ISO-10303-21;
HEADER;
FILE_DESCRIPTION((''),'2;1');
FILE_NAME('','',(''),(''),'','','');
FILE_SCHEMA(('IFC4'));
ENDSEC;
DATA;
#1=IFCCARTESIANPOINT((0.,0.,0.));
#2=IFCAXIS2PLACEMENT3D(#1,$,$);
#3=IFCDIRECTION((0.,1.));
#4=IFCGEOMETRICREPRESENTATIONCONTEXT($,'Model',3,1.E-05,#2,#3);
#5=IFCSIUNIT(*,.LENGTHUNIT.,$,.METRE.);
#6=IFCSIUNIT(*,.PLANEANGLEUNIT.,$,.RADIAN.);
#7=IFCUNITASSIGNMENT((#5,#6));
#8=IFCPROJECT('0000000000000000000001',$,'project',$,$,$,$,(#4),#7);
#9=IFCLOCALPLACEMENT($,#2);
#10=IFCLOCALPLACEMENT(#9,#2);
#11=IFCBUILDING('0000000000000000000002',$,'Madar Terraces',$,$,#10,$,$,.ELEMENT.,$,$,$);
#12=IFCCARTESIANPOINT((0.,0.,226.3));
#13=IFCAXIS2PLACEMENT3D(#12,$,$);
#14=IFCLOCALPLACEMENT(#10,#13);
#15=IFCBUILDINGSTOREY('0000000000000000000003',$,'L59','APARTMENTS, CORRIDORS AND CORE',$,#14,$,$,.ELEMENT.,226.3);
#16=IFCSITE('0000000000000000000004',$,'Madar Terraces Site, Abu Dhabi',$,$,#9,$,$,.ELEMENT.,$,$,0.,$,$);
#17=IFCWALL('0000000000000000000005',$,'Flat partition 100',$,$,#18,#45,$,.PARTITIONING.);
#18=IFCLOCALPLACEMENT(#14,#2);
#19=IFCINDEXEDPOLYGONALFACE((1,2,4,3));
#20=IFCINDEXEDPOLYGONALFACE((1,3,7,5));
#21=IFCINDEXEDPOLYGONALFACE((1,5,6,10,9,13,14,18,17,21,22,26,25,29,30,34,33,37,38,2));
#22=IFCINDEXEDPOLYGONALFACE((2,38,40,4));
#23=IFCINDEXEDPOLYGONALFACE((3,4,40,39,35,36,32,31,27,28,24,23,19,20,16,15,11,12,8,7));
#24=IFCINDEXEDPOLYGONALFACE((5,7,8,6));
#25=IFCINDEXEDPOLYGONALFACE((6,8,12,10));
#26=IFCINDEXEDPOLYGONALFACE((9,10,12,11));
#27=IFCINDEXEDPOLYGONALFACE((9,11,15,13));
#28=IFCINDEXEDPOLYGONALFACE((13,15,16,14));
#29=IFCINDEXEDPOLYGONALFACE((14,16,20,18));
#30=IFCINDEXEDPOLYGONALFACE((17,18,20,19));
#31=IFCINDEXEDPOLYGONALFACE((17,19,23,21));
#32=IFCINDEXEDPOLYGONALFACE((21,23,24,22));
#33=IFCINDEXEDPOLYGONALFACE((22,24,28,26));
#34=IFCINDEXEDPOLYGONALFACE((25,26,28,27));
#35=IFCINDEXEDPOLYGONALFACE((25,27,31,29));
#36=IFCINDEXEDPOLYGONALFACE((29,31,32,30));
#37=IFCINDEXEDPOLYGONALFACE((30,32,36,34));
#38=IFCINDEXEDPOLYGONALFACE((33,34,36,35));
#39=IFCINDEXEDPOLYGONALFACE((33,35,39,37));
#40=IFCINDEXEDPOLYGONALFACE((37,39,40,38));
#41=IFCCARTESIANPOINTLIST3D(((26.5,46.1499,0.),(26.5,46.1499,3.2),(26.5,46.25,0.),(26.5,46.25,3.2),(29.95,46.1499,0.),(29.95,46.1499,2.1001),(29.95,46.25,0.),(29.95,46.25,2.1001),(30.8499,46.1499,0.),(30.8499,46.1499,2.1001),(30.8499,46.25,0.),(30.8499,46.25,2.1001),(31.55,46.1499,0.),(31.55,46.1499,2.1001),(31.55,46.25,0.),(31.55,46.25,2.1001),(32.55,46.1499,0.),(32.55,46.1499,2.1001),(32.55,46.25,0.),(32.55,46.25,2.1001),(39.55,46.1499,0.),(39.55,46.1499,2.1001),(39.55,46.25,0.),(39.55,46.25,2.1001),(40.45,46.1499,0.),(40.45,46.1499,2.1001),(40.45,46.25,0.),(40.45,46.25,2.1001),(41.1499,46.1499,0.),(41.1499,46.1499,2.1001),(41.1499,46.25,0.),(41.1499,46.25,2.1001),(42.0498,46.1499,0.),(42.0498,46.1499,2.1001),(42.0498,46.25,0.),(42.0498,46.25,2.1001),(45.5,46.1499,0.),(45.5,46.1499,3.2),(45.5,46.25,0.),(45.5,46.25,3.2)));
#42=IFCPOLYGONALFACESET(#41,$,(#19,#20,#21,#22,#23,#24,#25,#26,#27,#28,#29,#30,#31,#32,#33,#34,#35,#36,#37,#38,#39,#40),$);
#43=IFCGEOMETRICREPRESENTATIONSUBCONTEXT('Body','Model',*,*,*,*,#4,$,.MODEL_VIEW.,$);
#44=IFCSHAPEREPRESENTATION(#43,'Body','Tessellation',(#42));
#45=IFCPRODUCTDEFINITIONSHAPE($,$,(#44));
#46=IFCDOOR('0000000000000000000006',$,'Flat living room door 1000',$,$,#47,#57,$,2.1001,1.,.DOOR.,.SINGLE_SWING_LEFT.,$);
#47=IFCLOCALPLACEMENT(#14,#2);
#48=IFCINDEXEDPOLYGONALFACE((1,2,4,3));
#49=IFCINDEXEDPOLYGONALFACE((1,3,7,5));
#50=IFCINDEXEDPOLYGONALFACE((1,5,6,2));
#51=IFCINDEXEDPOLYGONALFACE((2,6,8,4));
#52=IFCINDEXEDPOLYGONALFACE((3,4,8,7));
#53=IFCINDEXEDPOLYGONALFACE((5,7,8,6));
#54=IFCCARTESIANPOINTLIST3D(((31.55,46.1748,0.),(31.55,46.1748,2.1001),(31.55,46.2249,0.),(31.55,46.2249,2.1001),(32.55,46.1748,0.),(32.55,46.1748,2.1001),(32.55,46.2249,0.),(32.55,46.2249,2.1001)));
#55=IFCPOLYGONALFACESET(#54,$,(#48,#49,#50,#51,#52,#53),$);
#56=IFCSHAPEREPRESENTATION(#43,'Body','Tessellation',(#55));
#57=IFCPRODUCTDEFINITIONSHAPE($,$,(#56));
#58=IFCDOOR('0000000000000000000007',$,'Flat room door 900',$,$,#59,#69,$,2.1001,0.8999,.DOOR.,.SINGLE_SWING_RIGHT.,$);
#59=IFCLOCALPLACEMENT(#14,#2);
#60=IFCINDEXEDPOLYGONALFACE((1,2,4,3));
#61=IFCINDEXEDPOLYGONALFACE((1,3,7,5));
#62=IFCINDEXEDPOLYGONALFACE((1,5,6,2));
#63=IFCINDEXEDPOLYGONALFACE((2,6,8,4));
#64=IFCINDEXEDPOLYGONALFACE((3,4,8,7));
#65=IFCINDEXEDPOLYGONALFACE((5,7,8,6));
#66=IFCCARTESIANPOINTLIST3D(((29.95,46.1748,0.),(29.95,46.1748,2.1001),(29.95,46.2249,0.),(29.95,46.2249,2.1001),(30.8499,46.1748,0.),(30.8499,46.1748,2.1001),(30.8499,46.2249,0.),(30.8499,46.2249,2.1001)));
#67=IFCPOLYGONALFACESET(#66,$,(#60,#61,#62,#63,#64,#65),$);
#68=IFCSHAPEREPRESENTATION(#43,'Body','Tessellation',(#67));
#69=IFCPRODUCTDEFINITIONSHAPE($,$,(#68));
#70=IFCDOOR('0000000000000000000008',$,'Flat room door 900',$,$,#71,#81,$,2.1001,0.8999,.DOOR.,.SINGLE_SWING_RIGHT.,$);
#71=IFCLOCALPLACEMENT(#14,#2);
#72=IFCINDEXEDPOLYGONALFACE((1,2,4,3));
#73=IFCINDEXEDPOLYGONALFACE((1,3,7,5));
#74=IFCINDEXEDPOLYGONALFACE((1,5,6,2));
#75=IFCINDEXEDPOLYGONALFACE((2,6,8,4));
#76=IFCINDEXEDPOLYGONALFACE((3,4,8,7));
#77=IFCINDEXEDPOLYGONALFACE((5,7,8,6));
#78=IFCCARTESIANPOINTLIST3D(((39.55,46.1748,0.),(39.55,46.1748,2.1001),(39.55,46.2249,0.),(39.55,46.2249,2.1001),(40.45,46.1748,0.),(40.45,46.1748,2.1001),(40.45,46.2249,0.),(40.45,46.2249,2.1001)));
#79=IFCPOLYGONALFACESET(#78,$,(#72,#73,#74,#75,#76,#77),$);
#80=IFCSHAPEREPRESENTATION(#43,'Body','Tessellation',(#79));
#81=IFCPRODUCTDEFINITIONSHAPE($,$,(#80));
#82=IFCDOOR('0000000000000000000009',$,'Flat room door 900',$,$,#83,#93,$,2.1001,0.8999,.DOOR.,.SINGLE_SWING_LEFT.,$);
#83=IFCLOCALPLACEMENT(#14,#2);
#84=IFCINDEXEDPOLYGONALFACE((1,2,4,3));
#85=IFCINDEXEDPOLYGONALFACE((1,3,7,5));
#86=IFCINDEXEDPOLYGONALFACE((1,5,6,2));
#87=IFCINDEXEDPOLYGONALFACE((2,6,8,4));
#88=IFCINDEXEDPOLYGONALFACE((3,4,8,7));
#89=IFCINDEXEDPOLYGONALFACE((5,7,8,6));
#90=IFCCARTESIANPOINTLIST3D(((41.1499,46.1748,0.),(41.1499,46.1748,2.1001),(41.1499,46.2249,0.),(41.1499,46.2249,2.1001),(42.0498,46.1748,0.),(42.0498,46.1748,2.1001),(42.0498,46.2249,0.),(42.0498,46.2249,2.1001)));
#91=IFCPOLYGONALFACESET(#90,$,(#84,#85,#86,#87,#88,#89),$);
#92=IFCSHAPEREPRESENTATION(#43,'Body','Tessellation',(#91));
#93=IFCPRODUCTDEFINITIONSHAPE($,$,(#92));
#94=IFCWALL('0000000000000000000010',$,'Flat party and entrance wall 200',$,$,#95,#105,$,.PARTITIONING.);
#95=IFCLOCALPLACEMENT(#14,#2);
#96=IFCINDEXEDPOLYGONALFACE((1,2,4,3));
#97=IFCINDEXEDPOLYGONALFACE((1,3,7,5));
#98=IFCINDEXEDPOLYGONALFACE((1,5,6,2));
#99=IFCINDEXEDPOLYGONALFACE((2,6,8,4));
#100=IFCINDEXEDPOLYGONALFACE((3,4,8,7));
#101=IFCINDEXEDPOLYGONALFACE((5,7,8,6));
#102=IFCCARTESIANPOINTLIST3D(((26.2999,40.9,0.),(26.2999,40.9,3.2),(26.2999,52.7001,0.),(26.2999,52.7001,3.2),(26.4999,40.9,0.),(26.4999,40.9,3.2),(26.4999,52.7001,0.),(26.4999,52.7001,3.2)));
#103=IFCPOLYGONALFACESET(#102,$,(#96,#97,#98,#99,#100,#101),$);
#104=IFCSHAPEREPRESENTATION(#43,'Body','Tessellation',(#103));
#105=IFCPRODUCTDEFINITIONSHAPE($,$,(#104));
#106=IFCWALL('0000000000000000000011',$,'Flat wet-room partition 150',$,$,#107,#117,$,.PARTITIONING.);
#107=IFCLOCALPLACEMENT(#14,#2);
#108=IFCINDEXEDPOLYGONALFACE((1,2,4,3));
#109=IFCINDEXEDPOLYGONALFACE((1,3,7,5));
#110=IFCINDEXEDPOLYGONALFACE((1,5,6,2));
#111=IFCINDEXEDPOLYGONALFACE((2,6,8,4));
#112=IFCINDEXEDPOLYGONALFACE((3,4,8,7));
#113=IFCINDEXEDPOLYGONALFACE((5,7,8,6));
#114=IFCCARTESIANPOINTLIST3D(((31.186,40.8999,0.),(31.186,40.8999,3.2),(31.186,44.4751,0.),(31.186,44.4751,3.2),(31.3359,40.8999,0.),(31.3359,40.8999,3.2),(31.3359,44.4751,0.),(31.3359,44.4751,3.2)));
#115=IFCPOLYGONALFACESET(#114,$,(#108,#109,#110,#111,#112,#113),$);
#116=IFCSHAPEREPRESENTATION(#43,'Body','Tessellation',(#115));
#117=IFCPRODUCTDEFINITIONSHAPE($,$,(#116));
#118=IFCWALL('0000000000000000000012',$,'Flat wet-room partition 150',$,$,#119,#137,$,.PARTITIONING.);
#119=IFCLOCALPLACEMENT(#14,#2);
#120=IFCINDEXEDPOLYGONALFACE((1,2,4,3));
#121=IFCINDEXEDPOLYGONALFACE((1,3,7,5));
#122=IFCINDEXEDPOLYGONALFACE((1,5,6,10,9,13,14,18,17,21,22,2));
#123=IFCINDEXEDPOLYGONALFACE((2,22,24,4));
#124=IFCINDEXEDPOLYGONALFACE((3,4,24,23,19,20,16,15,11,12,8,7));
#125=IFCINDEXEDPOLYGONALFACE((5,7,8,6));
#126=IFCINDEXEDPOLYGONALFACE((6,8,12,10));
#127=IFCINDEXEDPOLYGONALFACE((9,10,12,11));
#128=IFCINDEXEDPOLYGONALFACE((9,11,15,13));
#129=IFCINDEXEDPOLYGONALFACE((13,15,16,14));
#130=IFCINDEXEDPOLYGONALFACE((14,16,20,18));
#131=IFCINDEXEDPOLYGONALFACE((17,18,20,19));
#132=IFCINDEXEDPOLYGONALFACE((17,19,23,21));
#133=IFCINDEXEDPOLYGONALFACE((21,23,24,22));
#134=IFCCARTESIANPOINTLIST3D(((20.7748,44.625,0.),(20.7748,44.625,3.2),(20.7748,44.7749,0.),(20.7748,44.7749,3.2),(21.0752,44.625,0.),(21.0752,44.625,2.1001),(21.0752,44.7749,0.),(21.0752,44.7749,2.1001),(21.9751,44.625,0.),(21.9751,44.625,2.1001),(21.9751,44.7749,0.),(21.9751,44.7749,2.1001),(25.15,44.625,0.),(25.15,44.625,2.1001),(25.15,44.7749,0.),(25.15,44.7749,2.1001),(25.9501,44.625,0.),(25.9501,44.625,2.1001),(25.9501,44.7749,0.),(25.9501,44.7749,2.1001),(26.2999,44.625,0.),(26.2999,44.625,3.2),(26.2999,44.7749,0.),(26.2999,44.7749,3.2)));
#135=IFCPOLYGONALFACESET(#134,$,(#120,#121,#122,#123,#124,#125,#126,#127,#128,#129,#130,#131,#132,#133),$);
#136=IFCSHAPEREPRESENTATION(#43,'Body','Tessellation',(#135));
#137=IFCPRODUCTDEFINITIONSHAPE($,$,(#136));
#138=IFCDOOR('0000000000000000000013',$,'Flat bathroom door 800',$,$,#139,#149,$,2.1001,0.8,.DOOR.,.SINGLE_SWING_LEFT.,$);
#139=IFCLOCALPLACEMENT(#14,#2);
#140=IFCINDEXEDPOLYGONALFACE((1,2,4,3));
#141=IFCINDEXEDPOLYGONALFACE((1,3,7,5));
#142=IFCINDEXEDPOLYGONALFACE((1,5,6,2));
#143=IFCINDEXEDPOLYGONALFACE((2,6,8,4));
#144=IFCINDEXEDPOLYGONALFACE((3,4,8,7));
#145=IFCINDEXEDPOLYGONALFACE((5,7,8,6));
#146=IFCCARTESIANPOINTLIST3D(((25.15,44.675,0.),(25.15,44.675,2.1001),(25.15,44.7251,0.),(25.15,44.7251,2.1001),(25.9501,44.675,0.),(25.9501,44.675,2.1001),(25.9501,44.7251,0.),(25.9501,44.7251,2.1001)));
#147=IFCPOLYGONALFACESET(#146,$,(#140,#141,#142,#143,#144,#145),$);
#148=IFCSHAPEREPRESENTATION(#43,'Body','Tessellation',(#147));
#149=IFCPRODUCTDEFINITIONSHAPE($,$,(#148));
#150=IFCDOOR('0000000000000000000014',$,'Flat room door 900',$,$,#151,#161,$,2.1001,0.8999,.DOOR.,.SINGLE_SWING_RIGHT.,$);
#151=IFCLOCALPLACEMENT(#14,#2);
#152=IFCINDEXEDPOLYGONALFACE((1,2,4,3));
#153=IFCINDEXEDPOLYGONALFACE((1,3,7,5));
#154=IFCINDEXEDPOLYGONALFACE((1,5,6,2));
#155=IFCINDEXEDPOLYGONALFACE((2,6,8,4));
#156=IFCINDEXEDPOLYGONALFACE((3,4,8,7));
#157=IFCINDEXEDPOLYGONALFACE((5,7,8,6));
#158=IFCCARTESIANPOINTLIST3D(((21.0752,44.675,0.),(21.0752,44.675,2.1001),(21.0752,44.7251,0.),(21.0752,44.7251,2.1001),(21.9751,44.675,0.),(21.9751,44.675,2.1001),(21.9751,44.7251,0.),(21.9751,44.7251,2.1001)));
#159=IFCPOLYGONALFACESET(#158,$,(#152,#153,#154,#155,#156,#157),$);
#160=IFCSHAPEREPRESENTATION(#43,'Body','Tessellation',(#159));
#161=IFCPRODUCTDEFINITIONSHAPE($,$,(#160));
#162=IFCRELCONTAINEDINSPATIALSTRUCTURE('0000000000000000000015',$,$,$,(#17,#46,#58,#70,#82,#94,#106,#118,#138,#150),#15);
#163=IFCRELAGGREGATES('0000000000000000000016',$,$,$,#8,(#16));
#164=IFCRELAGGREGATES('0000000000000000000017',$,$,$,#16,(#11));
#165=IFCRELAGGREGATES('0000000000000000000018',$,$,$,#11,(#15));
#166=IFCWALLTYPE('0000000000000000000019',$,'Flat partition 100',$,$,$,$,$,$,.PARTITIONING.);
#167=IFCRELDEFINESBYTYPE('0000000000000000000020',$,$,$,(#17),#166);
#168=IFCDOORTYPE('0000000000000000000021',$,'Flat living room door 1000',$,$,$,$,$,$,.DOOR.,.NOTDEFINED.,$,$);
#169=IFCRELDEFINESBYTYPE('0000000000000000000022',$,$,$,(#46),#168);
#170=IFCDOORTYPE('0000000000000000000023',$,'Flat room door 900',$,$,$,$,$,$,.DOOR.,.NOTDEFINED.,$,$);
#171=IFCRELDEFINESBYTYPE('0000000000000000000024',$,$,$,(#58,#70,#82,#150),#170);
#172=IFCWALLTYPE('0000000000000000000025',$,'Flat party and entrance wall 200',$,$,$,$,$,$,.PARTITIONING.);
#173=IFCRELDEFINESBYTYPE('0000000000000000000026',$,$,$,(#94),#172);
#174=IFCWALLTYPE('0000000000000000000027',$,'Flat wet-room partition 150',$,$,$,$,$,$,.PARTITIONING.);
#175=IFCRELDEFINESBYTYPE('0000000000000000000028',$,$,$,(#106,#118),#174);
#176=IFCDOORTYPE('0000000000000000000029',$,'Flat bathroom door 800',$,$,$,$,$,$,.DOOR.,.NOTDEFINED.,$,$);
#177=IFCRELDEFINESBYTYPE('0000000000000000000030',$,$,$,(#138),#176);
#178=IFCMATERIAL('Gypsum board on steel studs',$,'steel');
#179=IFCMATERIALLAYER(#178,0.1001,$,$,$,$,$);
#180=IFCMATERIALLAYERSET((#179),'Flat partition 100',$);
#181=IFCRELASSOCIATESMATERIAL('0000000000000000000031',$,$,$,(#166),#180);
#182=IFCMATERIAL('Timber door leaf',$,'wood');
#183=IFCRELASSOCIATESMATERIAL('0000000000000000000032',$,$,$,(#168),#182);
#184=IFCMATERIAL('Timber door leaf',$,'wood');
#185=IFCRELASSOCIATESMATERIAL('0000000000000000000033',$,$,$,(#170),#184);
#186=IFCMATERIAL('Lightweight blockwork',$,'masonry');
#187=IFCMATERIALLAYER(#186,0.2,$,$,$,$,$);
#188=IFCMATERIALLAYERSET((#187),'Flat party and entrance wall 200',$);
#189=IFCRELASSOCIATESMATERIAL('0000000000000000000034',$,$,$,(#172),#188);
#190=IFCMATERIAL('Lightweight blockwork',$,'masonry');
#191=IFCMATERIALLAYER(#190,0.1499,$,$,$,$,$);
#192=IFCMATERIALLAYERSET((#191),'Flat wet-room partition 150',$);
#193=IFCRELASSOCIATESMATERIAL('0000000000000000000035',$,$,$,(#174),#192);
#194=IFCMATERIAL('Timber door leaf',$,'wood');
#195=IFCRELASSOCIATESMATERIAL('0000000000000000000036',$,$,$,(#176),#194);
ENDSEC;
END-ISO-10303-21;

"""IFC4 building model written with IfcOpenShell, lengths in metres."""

from ifc_helpers import new_model, si_unit, direction, frame, frame_2d, origin, place, context, subcontext, project, spatial, rectangle, extrude, material, layer, layer_set, type_object, element, fill, save


model = new_model("IFC4")

# Units and contexts
model_context = context("Model", 3, precision=1e-05, world=origin(), true_north=direction((0.0, 1.0)))
body_context = subcontext(model_context, "Body", "Model", "MODEL_VIEW")
ifc_project = project(units=[si_unit("LENGTHUNIT", "METRE"), si_unit("PLANEANGLEUNIT", "RADIAN")], contexts=[model_context])

# Site, building, storey
site_placement = place(None, origin())
site = spatial("IfcSite", under=ifc_project, at=site_placement, Name="Madar Terraces Site, Abu Dhabi", CompositionType="ELEMENT", RefElevation=0.0)
building_placement = place(site_placement, origin())
building = spatial("IfcBuilding", under=site, at=building_placement, Name="Madar Terraces", CompositionType="ELEMENT")
storey_placement = place(building_placement, frame((0.0, 0.0, 226.3)))
storey = spatial("IfcBuildingStorey", under=building, at=storey_placement, Name="L59", Description="APARTMENTS, CORRIDORS AND CORE", CompositionType="ELEMENT", Elevation=226.3)

# Shared definitions
ifc_material_1 = material(Name="Gypsum board on steel studs", Category="steel")
ifc_layer_1 = layer(ifc_material_1, 0.1001)
ifc_layer_set_1 = layer_set([ifc_layer_1], Name="Flat partition 100")
wall_type_1 = type_object("IfcWallType", Name="Flat partition 100", PredefinedType="PARTITIONING", material=ifc_layer_set_1)

# Wall, openings, doors
wall_1_placement = place(storey_placement, frame((26.5, 46.2, 0.0), z_axis=(0.0, 0.0, 1.0), x_axis=(1.0, 0.0, 0.0)))
wall_1 = element("IfcWall", 1, at=wall_1_placement, inside=storey, type_object=wall_type_1, Name="Flat partition 100", PredefinedType="PARTITIONING", context=body_context, shape_type="SweptSolid", body=[
    extrude(rectangle(XDim=19.0, YDim=0.1001, at=frame_2d((9.5, 0.0))), origin(), (0.0, 0.0, 1.0), 3.2),
])
opening_1_placement = place(wall_1_placement, frame((3.45, 0.0, 0.0)))
opening_1 = element("IfcOpeningElement", 2, at=opening_1_placement, cuts=wall_1, PredefinedType="OPENING", context=body_context, shape_type="SweptSolid", body=[
    extrude(rectangle(XDim=0.8999, YDim=2.1001, at=frame_2d((0.45, 1.05))), frame((0.0, 0.0601, 0.0), z_axis=(0.0, -1.0, 0.0), x_axis=(1.0, 0.0, 0.0)), (0.0, 0.0, 1.0), 0.1201),
])
opening_2_placement = place(wall_1_placement, frame((5.05, 0.0, 0.0)))
opening_2 = element("IfcOpeningElement", 3, at=opening_2_placement, cuts=wall_1, PredefinedType="OPENING", context=body_context, shape_type="SweptSolid", body=[
    extrude(rectangle(XDim=1.0, YDim=2.1001, at=frame_2d((0.5, 1.05))), frame((0.0, 0.0601, 0.0), z_axis=(0.0, -1.0, 0.0), x_axis=(1.0, 0.0, 0.0)), (0.0, 0.0, 1.0), 0.1201),
])
opening_3_placement = place(wall_1_placement, frame((13.05, 0.0, 0.0)))
opening_3 = element("IfcOpeningElement", 4, at=opening_3_placement, cuts=wall_1, PredefinedType="OPENING", context=body_context, shape_type="SweptSolid", body=[
    extrude(rectangle(XDim=0.8999, YDim=2.1001, at=frame_2d((0.45, 1.05))), frame((0.0, 0.0601, 0.0), z_axis=(0.0, -1.0, 0.0), x_axis=(1.0, 0.0, 0.0)), (0.0, 0.0, 1.0), 0.1201),
])
opening_4_placement = place(wall_1_placement, frame((14.6499, 0.0, 0.0)))
opening_4 = element("IfcOpeningElement", 5, at=opening_4_placement, cuts=wall_1, PredefinedType="OPENING", context=body_context, shape_type="SweptSolid", body=[
    extrude(rectangle(XDim=0.8999, YDim=2.1001, at=frame_2d((0.45, 1.05))), frame((0.0, 0.0601, 0.0), z_axis=(0.0, -1.0, 0.0), x_axis=(1.0, 0.0, 0.0)), (0.0, 0.0, 1.0), 0.1201),
])
ifc_material_2 = material(Name="Timber door leaf", Category="wood")
door_type_1 = type_object("IfcDoorType", Name="Flat living room door 1000", OperationType="NOTDEFINED", PredefinedType="DOOR", material=ifc_material_2)
door_1_placement = place(opening_2_placement, origin())
door_1 = element("IfcDoor", 6, at=door_1_placement, inside=storey, type_object=door_type_1, Name="Flat living room door 1000", OperationType="SINGLE_SWING_LEFT", OverallHeight=2.1001, OverallWidth=1.0, PredefinedType="DOOR", context=body_context, shape_type="SweptSolid", body=[
    extrude(rectangle(XDim=1.0, YDim=2.1001, at=frame_2d((0.5, 1.05))), frame((0.0, 0.0249, 0.0), z_axis=(0.0, -1.0, 0.0), x_axis=(1.0, 0.0, 0.0)), (0.0, 0.0, 1.0), 0.05),
])
fill(opening_2, door_1)
ifc_material_3 = material(Name="Timber door leaf", Category="wood")
door_type_2 = type_object("IfcDoorType", Name="Flat room door 900", OperationType="NOTDEFINED", PredefinedType="DOOR", material=ifc_material_3)
door_2_placement = place(opening_1_placement, origin())
door_2 = element("IfcDoor", 7, at=door_2_placement, inside=storey, type_object=door_type_2, Name="Flat room door 900", OperationType="SINGLE_SWING_RIGHT", OverallHeight=2.1001, OverallWidth=0.8999, PredefinedType="DOOR", context=body_context, shape_type="SweptSolid", body=[
    extrude(rectangle(XDim=0.8999, YDim=2.1001, at=frame_2d((0.45, 1.05))), frame((0.0, 0.0249, 0.0), z_axis=(0.0, -1.0, 0.0), x_axis=(1.0, 0.0, 0.0)), (0.0, 0.0, 1.0), 0.05),
])
fill(opening_1, door_2)
door_3_placement = place(opening_3_placement, origin())
door_3 = element("IfcDoor", 8, at=door_3_placement, inside=storey, type_object=door_type_2, Name="Flat room door 900", OperationType="SINGLE_SWING_RIGHT", OverallHeight=2.1001, OverallWidth=0.8999, PredefinedType="DOOR", context=body_context, shape_type="SweptSolid", body=[
    extrude(rectangle(XDim=0.8999, YDim=2.1001, at=frame_2d((0.45, 1.05))), frame((0.0, 0.0249, 0.0), z_axis=(0.0, -1.0, 0.0), x_axis=(1.0, 0.0, 0.0)), (0.0, 0.0, 1.0), 0.05),
])
fill(opening_3, door_3)
door_4_placement = place(opening_4_placement, origin())
door_4 = element("IfcDoor", 9, at=door_4_placement, inside=storey, type_object=door_type_2, Name="Flat room door 900", OperationType="SINGLE_SWING_LEFT", OverallHeight=2.1001, OverallWidth=0.8999, PredefinedType="DOOR", context=body_context, shape_type="SweptSolid", body=[
    extrude(rectangle(XDim=0.8999, YDim=2.1001, at=frame_2d((0.45, 1.05))), frame((0.0, 0.0249, 0.0), z_axis=(0.0, -1.0, 0.0), x_axis=(1.0, 0.0, 0.0)), (0.0, 0.0, 1.0), 0.05),
])
fill(opening_4, door_4)

# Walls
ifc_material_4 = material(Name="Lightweight blockwork", Category="masonry")
ifc_layer_2 = layer(ifc_material_4, 0.2)
ifc_layer_set_2 = layer_set([ifc_layer_2], Name="Flat party and entrance wall 200")
wall_type_2 = type_object("IfcWallType", Name="Flat party and entrance wall 200", PredefinedType="PARTITIONING", material=ifc_layer_set_2)
wall_2_placement = place(storey_placement, frame((26.3999, 52.7, 0.0), z_axis=(0.0, 0.0, 1.0), x_axis=(0.0, -1.0, 0.0)))
element("IfcWall", 10, at=wall_2_placement, inside=storey, type_object=wall_type_2, Name="Flat party and entrance wall 200", PredefinedType="PARTITIONING", context=body_context, shape_type="SweptSolid", body=[
    extrude(rectangle(XDim=11.8, YDim=0.2, at=frame_2d((5.8999, 0.0))), origin(), (0.0, 0.0, 1.0), 3.2),
])
ifc_material_5 = material(Name="Lightweight blockwork", Category="masonry")
ifc_layer_3 = layer(ifc_material_5, 0.1499)
ifc_layer_set_3 = layer_set([ifc_layer_3], Name="Flat wet-room partition 150")
wall_type_3 = type_object("IfcWallType", Name="Flat wet-room partition 150", PredefinedType="PARTITIONING", material=ifc_layer_set_3)
wall_3_placement = place(storey_placement, frame((31.261, 40.8999, 0.0), z_axis=(0.0, 0.0, 1.0), x_axis=(0.0, 1.0, 0.0)))
element("IfcWall", 11, at=wall_3_placement, inside=storey, type_object=wall_type_3, Name="Flat wet-room partition 150", PredefinedType="PARTITIONING", context=body_context, shape_type="SweptSolid", body=[
    extrude(rectangle(XDim=3.5752, YDim=0.1499, at=frame_2d((1.7876, 0.0))), origin(), (0.0, 0.0, 1.0), 3.2),
])

# Wall, openings, doors
wall_4_placement = place(storey_placement, frame((26.3, 44.7, 0.0), z_axis=(0.0, 0.0, 1.0), x_axis=(-1.0, 0.0, 0.0)))
wall_4 = element("IfcWall", 12, at=wall_4_placement, inside=storey, type_object=wall_type_3, Name="Flat wet-room partition 150", PredefinedType="PARTITIONING", context=body_context, shape_type="SweptSolid", body=[
    extrude(rectangle(XDim=5.5251, YDim=0.1499, at=frame_2d((2.7627, 0.0))), origin(), (0.0, 0.0, 1.0), 3.2),
])
opening_5_placement = place(wall_4_placement, frame((4.325, 0.0, 0.0)))
opening_5 = element("IfcOpeningElement", 13, at=opening_5_placement, cuts=wall_4, PredefinedType="OPENING", context=body_context, shape_type="SweptSolid", body=[
    extrude(rectangle(XDim=0.8999, YDim=2.1001, at=frame_2d((0.45, 1.05))), frame((0.0, 0.085, 0.0), z_axis=(0.0, -1.0, 0.0), x_axis=(1.0, 0.0, 0.0)), (0.0, 0.0, 1.0), 0.1699),
])
opening_6_placement = place(wall_4_placement, frame((0.3501, 0.0, 0.0)))
opening_6 = element("IfcOpeningElement", 14, at=opening_6_placement, cuts=wall_4, PredefinedType="OPENING", context=body_context, shape_type="SweptSolid", body=[
    extrude(rectangle(XDim=0.8, YDim=2.1001, at=frame_2d((0.3999, 1.05))), frame((0.0, 0.085, 0.0), z_axis=(0.0, -1.0, 0.0), x_axis=(1.0, 0.0, 0.0)), (0.0, 0.0, 1.0), 0.1699),
])
ifc_material_6 = material(Name="Timber door leaf", Category="wood")
door_type_3 = type_object("IfcDoorType", Name="Flat bathroom door 800", OperationType="NOTDEFINED", PredefinedType="DOOR", material=ifc_material_6)
door_5_placement = place(opening_6_placement, origin())
door_5 = element("IfcDoor", 15, at=door_5_placement, inside=storey, type_object=door_type_3, Name="Flat bathroom door 800", OperationType="SINGLE_SWING_LEFT", OverallHeight=2.1001, OverallWidth=0.8, PredefinedType="DOOR", context=body_context, shape_type="SweptSolid", body=[
    extrude(rectangle(XDim=0.8, YDim=2.1001, at=frame_2d((0.3999, 1.05))), frame((0.0, 0.0249, 0.0), z_axis=(0.0, -1.0, 0.0), x_axis=(1.0, 0.0, 0.0)), (0.0, 0.0, 1.0), 0.05),
])
fill(opening_6, door_5)
door_6_placement = place(opening_5_placement, origin())
door_6 = element("IfcDoor", 16, at=door_6_placement, inside=storey, type_object=door_type_2, Name="Flat room door 900", OperationType="SINGLE_SWING_RIGHT", OverallHeight=2.1001, OverallWidth=0.8999, PredefinedType="DOOR", context=body_context, shape_type="SweptSolid", body=[
    extrude(rectangle(XDim=0.8999, YDim=2.1001, at=frame_2d((0.45, 1.05))), frame((0.0, 0.0249, 0.0), z_axis=(0.0, -1.0, 0.0), x_axis=(1.0, 0.0, 0.0)), (0.0, 0.0, 1.0), 0.05),
])
fill(opening_5, door_6)

save(model, "model.ifc")
